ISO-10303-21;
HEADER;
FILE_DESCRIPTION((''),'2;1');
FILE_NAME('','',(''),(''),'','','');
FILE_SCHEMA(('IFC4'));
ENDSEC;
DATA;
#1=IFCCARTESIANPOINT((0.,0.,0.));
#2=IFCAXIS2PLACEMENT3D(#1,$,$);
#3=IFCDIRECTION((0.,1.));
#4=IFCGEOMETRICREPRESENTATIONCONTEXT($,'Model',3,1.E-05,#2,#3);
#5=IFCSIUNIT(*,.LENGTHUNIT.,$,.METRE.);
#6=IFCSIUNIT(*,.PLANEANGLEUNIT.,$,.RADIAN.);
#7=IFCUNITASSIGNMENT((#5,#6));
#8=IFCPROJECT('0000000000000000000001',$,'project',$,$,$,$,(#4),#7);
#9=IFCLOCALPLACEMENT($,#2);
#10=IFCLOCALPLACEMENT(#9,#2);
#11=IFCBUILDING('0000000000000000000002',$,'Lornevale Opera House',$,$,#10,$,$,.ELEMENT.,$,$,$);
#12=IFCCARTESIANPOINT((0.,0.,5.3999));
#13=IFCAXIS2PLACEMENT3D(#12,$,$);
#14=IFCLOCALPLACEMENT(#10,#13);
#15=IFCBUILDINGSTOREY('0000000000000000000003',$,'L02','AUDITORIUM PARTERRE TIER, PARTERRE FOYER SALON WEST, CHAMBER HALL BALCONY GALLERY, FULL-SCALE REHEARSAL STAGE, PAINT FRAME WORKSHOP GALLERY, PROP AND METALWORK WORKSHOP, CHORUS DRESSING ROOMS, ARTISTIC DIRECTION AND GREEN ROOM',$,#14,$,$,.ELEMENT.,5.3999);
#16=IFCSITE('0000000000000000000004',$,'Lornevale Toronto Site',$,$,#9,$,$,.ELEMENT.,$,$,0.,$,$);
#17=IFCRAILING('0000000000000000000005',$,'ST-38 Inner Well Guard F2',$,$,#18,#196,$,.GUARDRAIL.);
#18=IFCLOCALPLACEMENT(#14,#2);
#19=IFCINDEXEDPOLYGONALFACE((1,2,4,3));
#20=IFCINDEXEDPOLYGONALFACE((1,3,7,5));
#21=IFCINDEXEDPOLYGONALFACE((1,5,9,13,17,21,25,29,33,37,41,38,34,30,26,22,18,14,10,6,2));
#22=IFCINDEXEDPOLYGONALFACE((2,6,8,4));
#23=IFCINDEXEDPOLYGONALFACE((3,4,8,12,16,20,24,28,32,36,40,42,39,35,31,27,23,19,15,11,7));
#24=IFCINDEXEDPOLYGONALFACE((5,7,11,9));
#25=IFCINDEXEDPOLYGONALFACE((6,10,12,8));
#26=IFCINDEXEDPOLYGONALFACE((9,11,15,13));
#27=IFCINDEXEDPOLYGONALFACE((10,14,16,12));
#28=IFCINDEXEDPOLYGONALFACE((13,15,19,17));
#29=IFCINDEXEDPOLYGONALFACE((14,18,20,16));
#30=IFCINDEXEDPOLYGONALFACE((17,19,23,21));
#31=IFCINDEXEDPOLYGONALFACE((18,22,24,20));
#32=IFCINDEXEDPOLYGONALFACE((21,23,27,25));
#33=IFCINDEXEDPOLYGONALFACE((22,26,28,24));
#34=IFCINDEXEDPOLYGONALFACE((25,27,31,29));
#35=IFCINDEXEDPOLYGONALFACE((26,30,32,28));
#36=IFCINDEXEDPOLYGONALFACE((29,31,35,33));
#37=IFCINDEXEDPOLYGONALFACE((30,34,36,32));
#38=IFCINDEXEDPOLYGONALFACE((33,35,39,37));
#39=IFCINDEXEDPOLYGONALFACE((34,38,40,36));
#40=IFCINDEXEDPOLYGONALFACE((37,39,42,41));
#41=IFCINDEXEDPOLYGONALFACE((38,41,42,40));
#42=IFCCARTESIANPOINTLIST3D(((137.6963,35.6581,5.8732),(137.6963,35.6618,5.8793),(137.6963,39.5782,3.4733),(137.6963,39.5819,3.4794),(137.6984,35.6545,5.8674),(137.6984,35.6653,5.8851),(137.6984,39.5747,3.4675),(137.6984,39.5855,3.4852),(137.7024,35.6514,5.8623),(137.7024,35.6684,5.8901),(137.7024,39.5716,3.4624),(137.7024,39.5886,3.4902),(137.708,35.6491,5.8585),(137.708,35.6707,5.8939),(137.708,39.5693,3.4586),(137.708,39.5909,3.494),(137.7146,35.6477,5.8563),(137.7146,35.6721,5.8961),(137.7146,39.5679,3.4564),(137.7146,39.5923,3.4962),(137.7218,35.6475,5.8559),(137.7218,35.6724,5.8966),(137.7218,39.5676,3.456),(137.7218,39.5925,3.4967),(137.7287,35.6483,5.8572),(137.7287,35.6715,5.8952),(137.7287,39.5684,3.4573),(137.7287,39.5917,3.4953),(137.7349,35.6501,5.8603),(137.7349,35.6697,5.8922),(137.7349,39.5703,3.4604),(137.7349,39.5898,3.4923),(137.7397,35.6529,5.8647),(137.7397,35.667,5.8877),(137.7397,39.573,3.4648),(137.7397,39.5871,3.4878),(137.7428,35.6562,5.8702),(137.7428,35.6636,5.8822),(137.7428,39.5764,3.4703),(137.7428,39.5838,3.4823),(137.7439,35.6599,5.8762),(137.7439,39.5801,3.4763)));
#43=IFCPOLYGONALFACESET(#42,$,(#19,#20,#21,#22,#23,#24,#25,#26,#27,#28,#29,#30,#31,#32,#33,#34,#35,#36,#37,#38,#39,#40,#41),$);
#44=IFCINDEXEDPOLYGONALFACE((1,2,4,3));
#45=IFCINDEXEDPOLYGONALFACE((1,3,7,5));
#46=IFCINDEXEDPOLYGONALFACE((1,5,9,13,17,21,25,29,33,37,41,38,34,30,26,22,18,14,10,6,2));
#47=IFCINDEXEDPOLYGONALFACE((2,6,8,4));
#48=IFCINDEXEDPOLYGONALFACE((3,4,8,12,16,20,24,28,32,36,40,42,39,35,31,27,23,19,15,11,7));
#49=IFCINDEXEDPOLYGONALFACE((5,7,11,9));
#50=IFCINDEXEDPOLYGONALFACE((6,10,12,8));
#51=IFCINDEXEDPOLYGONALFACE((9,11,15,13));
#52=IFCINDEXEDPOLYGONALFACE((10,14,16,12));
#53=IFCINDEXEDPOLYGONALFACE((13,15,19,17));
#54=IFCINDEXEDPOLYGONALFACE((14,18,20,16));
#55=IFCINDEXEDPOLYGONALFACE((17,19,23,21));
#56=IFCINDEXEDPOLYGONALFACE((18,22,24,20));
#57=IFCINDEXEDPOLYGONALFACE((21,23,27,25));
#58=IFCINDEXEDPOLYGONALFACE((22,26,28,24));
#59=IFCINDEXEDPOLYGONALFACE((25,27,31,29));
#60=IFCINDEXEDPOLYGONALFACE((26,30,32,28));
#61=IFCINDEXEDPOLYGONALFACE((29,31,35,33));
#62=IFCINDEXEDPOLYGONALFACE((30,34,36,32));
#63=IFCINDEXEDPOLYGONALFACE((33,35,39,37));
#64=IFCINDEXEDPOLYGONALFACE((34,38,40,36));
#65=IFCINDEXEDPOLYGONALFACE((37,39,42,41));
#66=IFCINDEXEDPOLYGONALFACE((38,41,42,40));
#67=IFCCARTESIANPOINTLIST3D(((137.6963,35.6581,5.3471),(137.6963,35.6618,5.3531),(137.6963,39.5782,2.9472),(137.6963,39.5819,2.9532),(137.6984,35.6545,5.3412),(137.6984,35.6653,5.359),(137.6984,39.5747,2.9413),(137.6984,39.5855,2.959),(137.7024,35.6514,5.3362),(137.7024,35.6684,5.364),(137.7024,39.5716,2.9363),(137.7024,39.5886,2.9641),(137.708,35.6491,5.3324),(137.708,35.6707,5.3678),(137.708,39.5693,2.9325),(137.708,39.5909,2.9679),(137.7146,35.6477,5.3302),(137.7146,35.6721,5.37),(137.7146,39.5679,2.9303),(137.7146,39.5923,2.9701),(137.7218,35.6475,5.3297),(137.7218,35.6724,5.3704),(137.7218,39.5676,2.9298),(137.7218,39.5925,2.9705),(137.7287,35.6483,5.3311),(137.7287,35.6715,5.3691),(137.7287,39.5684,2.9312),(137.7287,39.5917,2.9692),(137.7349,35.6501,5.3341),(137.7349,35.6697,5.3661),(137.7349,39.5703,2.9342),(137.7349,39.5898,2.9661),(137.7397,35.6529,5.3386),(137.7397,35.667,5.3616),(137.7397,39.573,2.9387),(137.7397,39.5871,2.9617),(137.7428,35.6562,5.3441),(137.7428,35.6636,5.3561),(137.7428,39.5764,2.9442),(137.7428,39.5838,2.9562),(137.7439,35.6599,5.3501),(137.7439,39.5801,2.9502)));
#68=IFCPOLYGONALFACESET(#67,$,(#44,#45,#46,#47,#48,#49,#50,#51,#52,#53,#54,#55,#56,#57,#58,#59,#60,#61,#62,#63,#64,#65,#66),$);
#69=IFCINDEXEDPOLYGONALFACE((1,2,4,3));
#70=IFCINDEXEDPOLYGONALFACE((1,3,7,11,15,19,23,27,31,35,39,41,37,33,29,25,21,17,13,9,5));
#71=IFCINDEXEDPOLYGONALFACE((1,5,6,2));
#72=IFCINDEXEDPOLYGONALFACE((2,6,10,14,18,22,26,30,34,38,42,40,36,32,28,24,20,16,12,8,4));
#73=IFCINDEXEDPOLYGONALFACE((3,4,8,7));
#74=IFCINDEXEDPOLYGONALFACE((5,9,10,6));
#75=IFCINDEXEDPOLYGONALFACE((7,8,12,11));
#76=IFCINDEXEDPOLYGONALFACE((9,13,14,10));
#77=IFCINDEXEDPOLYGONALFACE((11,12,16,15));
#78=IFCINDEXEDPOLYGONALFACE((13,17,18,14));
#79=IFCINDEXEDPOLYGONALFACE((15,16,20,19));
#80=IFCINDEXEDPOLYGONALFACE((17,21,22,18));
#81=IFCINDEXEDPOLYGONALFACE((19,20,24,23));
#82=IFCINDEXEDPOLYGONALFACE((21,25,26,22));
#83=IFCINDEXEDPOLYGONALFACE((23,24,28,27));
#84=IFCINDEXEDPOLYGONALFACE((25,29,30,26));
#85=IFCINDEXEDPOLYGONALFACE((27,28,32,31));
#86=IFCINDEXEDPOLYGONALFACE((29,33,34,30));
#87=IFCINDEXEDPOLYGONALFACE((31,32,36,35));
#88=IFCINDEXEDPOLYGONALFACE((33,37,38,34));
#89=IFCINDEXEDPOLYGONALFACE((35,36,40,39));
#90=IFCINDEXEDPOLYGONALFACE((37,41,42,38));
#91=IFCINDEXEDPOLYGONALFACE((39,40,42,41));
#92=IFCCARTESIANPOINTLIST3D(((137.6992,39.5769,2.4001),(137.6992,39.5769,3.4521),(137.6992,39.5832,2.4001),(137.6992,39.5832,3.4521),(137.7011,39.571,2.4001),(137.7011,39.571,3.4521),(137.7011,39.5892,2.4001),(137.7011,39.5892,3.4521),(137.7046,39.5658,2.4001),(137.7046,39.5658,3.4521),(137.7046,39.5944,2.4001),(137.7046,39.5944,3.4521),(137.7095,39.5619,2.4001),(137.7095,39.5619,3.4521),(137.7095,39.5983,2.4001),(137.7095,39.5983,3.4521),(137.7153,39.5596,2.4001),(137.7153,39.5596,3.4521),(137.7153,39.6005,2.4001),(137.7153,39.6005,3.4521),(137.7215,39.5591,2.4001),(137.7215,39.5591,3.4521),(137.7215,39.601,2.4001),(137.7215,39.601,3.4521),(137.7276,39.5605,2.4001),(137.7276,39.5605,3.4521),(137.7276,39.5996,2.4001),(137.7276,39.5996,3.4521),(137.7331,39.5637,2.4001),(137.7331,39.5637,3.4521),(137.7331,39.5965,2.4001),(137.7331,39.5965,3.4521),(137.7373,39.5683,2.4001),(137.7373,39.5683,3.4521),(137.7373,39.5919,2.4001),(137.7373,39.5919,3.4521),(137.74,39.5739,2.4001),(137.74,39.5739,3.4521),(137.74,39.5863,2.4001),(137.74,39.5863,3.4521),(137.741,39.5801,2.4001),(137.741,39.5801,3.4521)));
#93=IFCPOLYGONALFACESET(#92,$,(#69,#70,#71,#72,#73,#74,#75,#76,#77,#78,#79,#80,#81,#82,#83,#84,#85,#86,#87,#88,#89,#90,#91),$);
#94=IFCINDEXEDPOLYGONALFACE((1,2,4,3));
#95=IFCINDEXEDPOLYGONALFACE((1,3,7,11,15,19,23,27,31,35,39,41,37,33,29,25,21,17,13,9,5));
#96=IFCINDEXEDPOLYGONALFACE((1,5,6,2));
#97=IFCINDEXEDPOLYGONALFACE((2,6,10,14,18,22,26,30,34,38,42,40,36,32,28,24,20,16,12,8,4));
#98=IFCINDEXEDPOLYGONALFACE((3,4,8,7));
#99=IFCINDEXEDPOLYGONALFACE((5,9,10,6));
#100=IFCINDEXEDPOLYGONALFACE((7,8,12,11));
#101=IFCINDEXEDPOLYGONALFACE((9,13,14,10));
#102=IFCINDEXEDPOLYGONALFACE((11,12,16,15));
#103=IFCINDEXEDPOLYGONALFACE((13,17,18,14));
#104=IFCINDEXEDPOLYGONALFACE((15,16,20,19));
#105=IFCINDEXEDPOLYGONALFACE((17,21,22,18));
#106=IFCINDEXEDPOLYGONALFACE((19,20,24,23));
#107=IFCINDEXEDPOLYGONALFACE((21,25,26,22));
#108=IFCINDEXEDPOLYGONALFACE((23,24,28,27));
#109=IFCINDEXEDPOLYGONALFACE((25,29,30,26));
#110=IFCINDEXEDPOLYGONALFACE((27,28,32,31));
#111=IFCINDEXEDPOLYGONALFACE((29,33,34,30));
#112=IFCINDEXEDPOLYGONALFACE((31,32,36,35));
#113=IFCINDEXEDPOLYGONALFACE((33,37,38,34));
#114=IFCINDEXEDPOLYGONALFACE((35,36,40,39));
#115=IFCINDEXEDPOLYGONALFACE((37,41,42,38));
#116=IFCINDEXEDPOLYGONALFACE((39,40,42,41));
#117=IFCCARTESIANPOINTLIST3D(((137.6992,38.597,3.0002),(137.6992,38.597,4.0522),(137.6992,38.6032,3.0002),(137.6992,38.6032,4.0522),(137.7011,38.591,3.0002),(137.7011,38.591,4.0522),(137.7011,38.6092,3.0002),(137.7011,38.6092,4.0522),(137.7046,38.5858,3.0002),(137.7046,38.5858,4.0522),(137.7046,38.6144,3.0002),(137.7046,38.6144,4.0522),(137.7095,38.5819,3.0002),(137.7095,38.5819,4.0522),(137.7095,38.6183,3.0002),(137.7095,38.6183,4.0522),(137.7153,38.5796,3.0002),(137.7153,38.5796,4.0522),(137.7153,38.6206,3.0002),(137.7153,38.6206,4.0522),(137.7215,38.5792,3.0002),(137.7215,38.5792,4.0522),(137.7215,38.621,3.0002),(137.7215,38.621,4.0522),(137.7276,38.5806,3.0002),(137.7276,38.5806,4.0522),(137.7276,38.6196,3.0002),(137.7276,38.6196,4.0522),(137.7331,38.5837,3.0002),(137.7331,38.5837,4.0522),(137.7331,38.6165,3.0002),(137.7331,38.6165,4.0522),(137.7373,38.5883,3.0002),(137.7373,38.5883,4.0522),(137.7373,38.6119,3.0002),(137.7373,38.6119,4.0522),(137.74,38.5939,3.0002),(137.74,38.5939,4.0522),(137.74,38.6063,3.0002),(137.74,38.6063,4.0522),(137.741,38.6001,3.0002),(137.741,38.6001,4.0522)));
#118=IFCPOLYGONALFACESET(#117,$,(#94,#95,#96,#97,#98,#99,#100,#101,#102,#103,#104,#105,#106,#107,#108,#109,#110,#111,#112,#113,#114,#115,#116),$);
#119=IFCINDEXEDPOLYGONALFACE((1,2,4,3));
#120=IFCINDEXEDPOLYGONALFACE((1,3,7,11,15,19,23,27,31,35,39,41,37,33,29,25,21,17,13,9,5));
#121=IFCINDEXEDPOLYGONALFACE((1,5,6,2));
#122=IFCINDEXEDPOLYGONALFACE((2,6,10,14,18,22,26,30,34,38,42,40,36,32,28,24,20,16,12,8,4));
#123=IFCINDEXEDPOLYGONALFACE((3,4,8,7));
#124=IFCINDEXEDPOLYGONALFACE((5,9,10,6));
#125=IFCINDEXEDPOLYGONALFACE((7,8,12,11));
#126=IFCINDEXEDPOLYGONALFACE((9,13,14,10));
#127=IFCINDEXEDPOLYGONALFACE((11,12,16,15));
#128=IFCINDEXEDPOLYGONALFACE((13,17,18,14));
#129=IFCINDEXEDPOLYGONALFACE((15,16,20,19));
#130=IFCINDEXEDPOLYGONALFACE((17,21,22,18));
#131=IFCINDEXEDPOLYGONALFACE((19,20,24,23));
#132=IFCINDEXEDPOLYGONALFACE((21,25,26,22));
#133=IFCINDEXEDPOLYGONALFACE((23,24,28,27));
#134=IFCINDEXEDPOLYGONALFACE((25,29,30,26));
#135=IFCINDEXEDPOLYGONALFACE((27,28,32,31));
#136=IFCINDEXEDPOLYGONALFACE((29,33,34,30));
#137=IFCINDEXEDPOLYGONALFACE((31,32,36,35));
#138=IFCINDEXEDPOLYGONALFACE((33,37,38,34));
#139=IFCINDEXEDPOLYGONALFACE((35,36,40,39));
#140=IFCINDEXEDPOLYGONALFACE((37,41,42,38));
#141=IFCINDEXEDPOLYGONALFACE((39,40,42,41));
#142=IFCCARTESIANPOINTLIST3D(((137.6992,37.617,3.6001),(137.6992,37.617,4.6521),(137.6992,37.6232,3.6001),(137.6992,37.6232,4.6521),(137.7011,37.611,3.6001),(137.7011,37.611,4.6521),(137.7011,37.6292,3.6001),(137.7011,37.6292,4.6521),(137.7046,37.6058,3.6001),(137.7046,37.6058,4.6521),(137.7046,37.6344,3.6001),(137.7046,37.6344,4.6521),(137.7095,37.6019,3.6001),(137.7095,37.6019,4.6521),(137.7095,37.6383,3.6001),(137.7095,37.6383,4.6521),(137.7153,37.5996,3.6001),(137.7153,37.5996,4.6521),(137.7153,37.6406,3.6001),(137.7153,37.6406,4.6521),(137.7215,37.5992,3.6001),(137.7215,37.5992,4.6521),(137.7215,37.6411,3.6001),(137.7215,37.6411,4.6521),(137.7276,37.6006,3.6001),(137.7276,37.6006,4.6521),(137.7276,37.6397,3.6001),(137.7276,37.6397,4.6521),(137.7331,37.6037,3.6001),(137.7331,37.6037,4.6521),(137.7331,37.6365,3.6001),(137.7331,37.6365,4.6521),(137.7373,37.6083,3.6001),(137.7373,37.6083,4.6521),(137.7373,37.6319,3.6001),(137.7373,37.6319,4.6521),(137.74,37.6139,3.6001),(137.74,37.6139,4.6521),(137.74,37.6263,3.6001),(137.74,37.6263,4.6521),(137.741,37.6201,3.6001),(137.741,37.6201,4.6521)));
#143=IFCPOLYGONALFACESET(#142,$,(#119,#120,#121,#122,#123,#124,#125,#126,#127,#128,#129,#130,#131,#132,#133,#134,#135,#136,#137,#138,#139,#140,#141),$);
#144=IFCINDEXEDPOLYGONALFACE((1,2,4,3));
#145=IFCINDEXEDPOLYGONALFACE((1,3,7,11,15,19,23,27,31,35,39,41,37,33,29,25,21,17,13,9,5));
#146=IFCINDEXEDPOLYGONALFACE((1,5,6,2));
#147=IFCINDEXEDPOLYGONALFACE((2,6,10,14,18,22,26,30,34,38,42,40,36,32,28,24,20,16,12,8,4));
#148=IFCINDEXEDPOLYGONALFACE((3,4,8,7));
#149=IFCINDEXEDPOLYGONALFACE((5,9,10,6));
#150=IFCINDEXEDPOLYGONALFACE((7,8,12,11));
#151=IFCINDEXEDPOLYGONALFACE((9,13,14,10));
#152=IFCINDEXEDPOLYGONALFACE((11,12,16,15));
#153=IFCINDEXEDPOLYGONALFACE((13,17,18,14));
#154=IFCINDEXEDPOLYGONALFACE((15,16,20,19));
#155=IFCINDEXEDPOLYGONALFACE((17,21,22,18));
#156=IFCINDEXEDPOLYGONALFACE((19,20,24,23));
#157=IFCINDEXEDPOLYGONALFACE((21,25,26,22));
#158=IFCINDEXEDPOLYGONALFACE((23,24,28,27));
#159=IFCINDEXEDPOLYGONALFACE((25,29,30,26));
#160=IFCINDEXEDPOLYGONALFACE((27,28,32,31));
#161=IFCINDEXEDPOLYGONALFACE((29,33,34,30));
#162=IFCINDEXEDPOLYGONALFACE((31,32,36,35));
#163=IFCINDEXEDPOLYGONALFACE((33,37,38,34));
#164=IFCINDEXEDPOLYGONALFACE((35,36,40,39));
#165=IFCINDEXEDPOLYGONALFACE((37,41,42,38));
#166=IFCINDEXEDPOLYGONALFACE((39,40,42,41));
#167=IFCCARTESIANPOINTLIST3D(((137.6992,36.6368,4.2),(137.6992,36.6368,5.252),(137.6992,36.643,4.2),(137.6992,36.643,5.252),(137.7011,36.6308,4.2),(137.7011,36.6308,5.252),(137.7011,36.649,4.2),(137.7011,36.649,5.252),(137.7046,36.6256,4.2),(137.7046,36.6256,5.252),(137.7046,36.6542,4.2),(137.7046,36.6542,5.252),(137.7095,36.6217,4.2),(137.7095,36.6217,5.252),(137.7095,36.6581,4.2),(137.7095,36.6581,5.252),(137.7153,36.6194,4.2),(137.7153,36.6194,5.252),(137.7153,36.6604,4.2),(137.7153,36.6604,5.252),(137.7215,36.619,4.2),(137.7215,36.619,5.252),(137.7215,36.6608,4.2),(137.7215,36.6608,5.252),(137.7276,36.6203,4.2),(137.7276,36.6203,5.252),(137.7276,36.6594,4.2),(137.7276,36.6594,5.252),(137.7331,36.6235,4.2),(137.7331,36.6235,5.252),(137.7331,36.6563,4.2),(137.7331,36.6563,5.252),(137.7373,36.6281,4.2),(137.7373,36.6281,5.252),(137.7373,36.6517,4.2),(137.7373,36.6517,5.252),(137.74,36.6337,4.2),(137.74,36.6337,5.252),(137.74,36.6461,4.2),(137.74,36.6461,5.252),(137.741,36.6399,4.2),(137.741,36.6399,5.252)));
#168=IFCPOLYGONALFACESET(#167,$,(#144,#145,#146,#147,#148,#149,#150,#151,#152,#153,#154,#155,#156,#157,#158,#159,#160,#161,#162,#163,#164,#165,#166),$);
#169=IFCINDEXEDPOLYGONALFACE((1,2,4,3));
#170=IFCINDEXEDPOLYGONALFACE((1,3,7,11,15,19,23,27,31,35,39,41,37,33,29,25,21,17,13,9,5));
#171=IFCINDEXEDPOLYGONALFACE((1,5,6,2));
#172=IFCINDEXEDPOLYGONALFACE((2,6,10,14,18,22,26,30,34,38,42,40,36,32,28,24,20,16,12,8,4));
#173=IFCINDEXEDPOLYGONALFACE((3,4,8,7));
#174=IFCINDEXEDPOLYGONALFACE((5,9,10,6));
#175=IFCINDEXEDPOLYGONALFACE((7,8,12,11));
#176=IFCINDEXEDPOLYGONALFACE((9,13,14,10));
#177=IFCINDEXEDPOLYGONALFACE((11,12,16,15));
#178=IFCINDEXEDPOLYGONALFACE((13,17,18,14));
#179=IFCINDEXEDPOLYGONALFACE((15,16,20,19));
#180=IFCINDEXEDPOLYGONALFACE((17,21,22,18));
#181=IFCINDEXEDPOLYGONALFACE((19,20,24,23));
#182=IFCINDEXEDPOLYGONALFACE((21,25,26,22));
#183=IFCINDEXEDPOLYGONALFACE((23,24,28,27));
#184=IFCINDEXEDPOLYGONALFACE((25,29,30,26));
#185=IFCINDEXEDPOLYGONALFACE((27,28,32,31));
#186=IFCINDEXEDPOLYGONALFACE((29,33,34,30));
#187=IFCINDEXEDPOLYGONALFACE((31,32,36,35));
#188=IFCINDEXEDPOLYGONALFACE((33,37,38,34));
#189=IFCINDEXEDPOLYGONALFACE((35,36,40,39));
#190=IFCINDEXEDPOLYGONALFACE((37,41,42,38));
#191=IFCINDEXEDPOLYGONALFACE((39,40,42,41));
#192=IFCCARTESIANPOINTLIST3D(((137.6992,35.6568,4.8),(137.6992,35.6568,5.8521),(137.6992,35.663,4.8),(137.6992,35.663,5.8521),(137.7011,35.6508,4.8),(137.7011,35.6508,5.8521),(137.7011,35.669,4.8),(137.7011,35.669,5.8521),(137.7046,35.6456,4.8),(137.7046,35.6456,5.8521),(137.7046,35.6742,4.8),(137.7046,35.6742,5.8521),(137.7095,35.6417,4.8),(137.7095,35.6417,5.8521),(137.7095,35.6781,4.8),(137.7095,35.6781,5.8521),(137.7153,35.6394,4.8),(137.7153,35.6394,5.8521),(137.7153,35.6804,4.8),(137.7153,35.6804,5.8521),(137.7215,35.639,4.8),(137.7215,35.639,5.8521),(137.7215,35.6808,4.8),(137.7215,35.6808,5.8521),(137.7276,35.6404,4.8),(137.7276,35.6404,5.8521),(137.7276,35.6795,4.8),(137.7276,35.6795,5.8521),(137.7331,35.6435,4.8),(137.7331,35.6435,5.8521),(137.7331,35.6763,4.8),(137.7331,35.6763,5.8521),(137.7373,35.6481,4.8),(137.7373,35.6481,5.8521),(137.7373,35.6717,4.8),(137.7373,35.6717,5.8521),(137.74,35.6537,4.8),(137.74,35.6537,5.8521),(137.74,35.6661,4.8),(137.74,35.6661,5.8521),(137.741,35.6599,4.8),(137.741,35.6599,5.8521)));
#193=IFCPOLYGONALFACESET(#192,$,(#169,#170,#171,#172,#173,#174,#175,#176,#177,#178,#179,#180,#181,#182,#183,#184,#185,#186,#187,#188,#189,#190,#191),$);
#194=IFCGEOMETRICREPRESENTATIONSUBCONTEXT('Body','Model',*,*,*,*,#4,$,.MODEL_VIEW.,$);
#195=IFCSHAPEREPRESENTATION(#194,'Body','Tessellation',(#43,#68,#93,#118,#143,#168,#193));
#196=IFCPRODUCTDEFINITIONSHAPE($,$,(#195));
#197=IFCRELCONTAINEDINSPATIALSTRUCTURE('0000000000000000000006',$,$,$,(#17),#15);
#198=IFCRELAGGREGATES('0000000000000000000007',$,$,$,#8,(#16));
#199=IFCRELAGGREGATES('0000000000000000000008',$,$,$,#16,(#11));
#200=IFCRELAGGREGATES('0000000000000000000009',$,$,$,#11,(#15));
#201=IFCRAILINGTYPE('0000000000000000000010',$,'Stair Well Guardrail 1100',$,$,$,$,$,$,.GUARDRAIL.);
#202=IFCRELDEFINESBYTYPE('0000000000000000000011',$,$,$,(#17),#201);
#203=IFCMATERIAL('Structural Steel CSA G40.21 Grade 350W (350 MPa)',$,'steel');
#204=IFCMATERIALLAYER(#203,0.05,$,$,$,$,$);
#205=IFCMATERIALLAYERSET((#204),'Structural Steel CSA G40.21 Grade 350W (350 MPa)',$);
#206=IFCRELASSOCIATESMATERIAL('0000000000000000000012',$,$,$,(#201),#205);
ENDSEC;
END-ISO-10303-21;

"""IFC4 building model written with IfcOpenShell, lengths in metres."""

from ifc_helpers import new_model, si_unit, direction, frame, origin, origin_2d, place, context, subcontext, project, spatial, circle, extrude, material, layer, layer_set, type_object, element, save


model = new_model("IFC4")

# Units and contexts
model_context = context("Model", 3, precision=1e-05, world=origin(), true_north=direction((0.0, 1.0)))
body_context = subcontext(model_context, "Body", "Model", "MODEL_VIEW")
ifc_project = project(units=[si_unit("LENGTHUNIT", "METRE"), si_unit("PLANEANGLEUNIT", "RADIAN")], contexts=[model_context])

# Site, building, storey
site_placement = place(None, origin())
site = spatial("IfcSite", under=ifc_project, at=site_placement, Name="Lornevale Toronto Site", CompositionType="ELEMENT", RefElevation=0.0)
building_placement = place(site_placement, origin())
building = spatial("IfcBuilding", under=site, at=building_placement, Name="Lornevale Opera House", CompositionType="ELEMENT")
storey_placement = place(building_placement, frame((0.0, 0.0, 5.3999)))
storey = spatial("IfcBuildingStorey", under=building, at=storey_placement, Name="L02", Description="AUDITORIUM PARTERRE TIER, PARTERRE FOYER SALON WEST, CHAMBER HALL BALCONY GALLERY, FULL-SCALE REHEARSAL STAGE, PAINT FRAME WORKSHOP GALLERY, PROP AND METALWORK WORKSHOP, CHORUS DRESSING ROOMS, ARTISTIC DIRECTION AND GREEN ROOM", CompositionType="ELEMENT", Elevation=5.3999)

# Shared definitions
ifc_material_1 = material(Name="Structural Steel CSA G40.21 Grade 350W (350 MPa)", Category="steel")

# Railing
ifc_layer_1 = layer(ifc_material_1, 0.05)
ifc_layer_set_1 = layer_set([ifc_layer_1], Name="Structural Steel CSA G40.21 Grade 350W (350 MPa)")
railing_type_1 = type_object("IfcRailingType", Name="Stair Well Guardrail 1100", PredefinedType="GUARDRAIL", material=ifc_layer_set_1)
railing_1_placement = place(storey_placement, frame((137.72, 39.5801, 2.4001)))
element("IfcRailing", 1, at=railing_1_placement, inside=storey, type_object=railing_type_1, Name="ST-38 Inner Well Guard F2", PredefinedType="GUARDRAIL", context=body_context, shape_type="SweptSolid", body=[
    extrude(circle(Radius=0.0239, at=origin_2d()), frame((0.0, 0.0, 1.0762), z_axis=(0.0, -0.852871, 0.522122), x_axis=(1.0, 0.0, 0.0)), (0.0, 0.0, 1.0), 4.5964),
    extrude(circle(Radius=0.0239, at=origin_2d()), frame((0.0, 0.0, 0.55), z_axis=(0.0, -0.852871, 0.522122), x_axis=(1.0, 0.0, 0.0)), (0.0, 0.0, 1.0), 4.5964),
    extrude(circle(Radius=0.021, at=origin_2d()), origin(), (0.0, 0.0, 1.0), 1.052),
    extrude(circle(Radius=0.021, at=origin_2d()), frame((0.0, -0.98, 0.6001)), (0.0, 0.0, 1.0), 1.052),
    extrude(circle(Radius=0.021, at=origin_2d()), frame((0.0, -1.96, 1.2)), (0.0, 0.0, 1.0), 1.052),
    extrude(circle(Radius=0.021, at=origin_2d()), frame((0.0, -2.9402, 1.7998)), (0.0, 0.0, 1.0), 1.052),
    extrude(circle(Radius=0.021, at=origin_2d()), frame((0.0, -3.9202, 2.3999)), (0.0, 0.0, 1.0), 1.052),
])

save(model, "model.ifc")
